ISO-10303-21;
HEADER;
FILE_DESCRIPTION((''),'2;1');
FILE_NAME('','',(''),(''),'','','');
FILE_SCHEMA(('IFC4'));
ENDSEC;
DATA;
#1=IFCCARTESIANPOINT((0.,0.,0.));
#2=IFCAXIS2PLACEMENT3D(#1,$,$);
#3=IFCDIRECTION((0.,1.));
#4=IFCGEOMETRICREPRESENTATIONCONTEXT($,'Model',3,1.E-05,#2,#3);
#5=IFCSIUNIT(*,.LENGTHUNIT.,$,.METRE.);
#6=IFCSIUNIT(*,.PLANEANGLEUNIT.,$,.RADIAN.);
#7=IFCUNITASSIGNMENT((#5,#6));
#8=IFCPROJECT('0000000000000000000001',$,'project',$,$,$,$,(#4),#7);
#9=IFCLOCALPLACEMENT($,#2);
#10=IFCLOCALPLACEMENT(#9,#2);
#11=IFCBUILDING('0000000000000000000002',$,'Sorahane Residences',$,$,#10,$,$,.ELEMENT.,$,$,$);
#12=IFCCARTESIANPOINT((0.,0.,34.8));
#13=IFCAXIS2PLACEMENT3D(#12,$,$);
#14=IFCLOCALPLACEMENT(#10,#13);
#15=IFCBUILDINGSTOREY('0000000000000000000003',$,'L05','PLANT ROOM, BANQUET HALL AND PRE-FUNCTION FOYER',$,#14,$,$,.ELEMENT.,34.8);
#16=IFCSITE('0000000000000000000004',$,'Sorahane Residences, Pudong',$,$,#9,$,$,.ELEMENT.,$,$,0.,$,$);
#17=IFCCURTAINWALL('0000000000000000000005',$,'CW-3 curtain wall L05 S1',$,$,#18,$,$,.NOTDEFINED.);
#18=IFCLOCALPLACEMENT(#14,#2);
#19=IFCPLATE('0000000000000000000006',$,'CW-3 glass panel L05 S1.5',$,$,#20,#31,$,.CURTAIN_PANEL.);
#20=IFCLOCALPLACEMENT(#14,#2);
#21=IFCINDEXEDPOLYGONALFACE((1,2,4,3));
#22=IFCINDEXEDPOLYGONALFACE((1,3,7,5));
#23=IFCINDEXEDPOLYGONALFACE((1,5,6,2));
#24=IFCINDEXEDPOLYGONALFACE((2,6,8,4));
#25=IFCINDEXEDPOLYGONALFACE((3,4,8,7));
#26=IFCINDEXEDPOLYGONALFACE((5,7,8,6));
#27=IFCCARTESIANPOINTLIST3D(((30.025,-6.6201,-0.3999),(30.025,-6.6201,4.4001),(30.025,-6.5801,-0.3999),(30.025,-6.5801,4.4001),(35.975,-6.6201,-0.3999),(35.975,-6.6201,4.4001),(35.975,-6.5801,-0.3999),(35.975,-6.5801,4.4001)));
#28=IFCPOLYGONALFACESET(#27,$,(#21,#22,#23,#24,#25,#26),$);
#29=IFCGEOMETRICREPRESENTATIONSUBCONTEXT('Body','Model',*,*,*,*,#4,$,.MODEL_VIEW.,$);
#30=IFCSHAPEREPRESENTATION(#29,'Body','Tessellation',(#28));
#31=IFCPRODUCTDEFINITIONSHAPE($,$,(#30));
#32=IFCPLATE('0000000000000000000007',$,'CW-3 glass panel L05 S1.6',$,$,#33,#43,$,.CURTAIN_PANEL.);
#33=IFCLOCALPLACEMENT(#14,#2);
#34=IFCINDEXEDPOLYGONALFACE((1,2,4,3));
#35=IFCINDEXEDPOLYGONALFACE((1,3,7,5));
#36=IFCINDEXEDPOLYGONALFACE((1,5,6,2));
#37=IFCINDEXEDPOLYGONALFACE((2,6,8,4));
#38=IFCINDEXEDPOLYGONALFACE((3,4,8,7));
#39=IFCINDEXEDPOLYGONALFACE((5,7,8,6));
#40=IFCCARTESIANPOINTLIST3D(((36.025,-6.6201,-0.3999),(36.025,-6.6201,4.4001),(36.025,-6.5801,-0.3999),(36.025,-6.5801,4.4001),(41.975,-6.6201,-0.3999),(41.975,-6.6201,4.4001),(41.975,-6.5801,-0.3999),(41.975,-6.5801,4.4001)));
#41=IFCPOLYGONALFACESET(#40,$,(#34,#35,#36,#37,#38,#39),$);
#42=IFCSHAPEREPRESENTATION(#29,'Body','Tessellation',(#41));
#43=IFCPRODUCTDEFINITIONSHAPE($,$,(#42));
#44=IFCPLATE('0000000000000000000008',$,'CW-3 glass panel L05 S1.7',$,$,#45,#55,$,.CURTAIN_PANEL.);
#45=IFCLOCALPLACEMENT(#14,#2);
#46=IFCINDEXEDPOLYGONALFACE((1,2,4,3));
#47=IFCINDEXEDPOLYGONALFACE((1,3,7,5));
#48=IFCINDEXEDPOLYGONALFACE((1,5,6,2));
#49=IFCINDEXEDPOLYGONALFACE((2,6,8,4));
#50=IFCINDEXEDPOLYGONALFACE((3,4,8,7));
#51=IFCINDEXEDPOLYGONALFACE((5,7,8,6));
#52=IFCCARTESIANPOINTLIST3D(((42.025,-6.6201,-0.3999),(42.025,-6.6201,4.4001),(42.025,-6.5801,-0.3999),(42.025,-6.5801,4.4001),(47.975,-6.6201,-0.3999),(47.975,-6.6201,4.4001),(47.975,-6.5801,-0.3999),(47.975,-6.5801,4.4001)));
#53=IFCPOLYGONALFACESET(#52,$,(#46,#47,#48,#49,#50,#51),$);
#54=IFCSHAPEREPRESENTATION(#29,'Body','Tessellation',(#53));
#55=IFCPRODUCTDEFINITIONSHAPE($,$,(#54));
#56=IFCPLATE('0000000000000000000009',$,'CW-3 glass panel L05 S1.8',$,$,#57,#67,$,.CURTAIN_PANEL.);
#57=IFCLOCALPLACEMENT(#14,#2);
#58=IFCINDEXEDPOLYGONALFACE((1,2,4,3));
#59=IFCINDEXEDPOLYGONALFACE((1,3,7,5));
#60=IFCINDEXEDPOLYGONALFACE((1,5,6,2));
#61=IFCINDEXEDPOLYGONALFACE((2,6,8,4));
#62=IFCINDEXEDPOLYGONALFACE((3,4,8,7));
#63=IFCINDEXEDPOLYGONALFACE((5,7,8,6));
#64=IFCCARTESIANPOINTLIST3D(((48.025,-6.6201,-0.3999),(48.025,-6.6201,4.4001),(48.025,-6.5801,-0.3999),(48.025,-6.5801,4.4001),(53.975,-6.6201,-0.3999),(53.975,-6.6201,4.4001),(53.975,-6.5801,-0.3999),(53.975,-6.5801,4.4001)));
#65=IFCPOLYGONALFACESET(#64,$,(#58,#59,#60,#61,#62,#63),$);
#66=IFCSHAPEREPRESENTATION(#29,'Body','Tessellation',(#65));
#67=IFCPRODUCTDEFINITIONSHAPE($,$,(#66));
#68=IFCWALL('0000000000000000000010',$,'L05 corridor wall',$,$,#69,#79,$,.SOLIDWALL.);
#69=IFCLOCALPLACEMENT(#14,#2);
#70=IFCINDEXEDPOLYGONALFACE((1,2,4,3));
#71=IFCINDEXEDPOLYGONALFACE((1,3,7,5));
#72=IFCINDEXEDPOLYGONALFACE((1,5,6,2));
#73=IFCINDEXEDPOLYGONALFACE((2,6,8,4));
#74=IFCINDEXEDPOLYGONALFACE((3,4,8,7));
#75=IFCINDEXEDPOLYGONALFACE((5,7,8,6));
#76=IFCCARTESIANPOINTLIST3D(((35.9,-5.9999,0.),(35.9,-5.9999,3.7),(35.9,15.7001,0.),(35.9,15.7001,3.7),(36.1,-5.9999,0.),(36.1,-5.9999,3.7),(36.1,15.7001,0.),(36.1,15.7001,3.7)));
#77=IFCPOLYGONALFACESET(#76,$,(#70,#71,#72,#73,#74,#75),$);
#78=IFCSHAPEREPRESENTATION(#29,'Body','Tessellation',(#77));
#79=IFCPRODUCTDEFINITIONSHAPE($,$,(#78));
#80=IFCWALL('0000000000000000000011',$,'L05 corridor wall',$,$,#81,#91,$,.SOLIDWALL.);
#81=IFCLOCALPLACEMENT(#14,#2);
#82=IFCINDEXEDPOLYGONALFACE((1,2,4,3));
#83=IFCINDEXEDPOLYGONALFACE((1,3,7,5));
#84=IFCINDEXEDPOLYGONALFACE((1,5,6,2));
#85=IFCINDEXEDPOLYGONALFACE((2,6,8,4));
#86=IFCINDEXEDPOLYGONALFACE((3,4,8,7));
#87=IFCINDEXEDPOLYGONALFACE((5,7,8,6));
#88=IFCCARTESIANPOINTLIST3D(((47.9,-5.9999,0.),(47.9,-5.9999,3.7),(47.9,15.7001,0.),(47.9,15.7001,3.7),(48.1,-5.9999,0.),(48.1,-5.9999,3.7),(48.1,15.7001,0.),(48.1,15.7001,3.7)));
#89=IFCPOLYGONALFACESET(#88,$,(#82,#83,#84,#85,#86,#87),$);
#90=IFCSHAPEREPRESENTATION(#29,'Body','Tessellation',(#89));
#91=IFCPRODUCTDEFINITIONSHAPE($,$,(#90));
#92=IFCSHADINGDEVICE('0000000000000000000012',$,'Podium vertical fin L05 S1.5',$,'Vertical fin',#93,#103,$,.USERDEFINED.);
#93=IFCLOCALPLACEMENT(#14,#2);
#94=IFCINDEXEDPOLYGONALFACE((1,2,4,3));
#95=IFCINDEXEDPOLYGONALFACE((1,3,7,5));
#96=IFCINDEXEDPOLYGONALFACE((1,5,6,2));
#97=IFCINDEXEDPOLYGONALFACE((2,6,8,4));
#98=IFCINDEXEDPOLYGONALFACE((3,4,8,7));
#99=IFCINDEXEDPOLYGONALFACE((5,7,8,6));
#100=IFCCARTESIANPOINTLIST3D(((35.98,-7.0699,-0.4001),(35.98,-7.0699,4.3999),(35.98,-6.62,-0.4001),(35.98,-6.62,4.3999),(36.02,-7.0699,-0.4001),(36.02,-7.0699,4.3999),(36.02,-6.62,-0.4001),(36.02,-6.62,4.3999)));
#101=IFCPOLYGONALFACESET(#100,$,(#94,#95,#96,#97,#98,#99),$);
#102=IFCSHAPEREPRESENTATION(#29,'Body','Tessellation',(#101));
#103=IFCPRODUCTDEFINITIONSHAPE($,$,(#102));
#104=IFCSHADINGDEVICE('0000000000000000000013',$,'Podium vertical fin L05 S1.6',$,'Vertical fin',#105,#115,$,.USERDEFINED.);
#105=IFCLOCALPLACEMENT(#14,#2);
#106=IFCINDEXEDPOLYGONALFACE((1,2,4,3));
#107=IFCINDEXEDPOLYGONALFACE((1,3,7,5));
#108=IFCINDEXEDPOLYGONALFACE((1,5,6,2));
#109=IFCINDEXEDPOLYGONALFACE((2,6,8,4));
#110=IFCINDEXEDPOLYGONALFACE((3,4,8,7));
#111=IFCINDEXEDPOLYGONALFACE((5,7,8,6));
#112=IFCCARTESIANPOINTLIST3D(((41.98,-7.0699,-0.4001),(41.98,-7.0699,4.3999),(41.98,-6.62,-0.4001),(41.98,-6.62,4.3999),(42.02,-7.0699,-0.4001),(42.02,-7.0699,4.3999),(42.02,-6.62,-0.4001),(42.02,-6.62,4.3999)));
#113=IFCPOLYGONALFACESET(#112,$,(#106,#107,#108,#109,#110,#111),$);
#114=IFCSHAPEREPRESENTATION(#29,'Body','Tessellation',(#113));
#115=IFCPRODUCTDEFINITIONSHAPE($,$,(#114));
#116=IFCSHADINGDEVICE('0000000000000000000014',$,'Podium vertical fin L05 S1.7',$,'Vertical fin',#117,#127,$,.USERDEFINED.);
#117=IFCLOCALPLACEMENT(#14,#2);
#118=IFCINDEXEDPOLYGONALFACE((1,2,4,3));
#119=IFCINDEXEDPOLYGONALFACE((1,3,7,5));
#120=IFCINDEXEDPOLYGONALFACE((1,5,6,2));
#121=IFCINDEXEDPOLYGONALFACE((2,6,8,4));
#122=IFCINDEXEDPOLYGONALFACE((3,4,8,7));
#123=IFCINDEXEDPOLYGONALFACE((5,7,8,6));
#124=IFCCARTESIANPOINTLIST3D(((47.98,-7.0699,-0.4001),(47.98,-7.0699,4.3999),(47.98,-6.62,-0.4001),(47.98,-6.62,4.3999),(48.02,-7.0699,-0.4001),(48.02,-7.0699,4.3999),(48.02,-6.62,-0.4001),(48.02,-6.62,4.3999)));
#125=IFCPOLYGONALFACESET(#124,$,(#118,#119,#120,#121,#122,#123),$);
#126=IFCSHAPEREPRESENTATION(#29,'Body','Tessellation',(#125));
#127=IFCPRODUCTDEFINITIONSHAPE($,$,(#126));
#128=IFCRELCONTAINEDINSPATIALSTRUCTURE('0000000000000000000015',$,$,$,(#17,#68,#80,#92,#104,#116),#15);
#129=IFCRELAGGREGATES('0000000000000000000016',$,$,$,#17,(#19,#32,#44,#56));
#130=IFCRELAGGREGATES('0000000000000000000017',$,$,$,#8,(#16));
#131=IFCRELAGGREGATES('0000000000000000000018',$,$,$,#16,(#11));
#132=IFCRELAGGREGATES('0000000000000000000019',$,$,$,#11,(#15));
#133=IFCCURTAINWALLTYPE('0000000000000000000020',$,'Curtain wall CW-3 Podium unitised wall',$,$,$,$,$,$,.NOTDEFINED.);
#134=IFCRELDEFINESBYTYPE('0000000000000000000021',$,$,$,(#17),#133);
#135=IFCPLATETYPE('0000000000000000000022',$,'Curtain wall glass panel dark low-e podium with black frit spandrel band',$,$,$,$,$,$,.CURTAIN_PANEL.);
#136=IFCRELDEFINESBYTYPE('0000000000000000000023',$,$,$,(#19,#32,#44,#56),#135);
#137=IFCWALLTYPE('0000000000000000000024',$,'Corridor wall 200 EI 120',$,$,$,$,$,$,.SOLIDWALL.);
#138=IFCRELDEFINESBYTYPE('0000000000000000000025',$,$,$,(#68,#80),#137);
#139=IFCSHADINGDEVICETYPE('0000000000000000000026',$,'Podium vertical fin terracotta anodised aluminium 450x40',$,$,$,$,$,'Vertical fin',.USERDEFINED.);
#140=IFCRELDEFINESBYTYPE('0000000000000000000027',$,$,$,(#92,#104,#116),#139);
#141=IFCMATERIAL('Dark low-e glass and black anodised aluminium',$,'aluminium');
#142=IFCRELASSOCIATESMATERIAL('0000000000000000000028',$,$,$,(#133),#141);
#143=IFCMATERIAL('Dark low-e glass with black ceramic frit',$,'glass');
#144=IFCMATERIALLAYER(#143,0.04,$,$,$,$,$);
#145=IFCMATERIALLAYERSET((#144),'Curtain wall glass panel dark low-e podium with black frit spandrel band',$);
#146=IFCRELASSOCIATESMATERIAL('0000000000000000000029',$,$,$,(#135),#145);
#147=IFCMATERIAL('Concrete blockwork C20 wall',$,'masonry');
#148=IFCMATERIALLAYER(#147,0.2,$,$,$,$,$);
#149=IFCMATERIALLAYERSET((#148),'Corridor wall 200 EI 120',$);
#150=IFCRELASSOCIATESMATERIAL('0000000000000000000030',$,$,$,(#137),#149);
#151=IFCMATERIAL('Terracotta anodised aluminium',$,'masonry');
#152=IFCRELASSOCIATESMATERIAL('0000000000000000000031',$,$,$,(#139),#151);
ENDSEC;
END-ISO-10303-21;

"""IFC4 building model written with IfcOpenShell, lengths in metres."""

from ifc_helpers import new_model, si_unit, direction, frame, frame_2d, origin, origin_2d, place, context, subcontext, project, spatial, rectangle, extrude, material, layer, layer_set, material_profile, profile_set, type_object, element, aggregate, save


model = new_model("IFC4")

# Units and contexts
model_context = context("Model", 3, precision=1e-05, world=origin(), true_north=direction((0.0, 1.0)))
body_context = subcontext(model_context, "Body", "Model", "MODEL_VIEW")
ifc_project = project(units=[si_unit("LENGTHUNIT", "METRE"), si_unit("PLANEANGLEUNIT", "RADIAN")], contexts=[model_context])

# Site, building, storey
site_placement = place(None, origin())
site = spatial("IfcSite", under=ifc_project, at=site_placement, Name="Sorahane Residences, Pudong", CompositionType="ELEMENT", RefElevation=0.0)
building_placement = place(site_placement, origin())
building = spatial("IfcBuilding", under=site, at=building_placement, Name="Sorahane Residences", CompositionType="ELEMENT")
storey_placement = place(building_placement, frame((0.0, 0.0, 34.8)))
storey = spatial("IfcBuildingStorey", under=building, at=storey_placement, Name="L05", Description="PLANT ROOM, BANQUET HALL AND PRE-FUNCTION FOYER", CompositionType="ELEMENT", Elevation=34.8)

# Curtain wall
ifc_material_1 = material(Name="Dark low-e glass and black anodised aluminium", Category="aluminium")
curtain_wall_type = type_object("IfcCurtainWallType", Name="Curtain wall CW-3 Podium unitised wall", PredefinedType="NOTDEFINED", material=ifc_material_1)
curtain_wall_placement = place(storey_placement, origin())
curtain_wall = element("IfcCurtainWall", 1, at=curtain_wall_placement, inside=storey, type_object=curtain_wall_type, Name="CW-3 curtain wall L05 S1", PredefinedType="NOTDEFINED")

# Plates
ifc_material_2 = material(Name="Dark low-e glass with black ceramic frit", Category="glass")
ifc_layer_1 = layer(ifc_material_2, 0.04)
ifc_layer_set_1 = layer_set([ifc_layer_1], Name="Curtain wall glass panel dark low-e podium with black frit spandrel band")
plate_type = type_object("IfcPlateType", Name="Curtain wall glass panel dark low-e podium with black frit spandrel band", PredefinedType="CURTAIN_PANEL", material=ifc_layer_set_1)
plate_1_placement = place(storey_placement, frame((33.0, -6.6001, -0.3999), z_axis=(0.0, 0.0, 1.0), x_axis=(1.0, 0.0, 0.0)))
plate_1 = element("IfcPlate", 2, at=plate_1_placement, type_object=plate_type, Name="CW-3 glass panel L05 S1.5", PredefinedType="CURTAIN_PANEL", context=body_context, shape_type="SweptSolid", body=[
    extrude(rectangle(XDim=5.95, YDim=0.04, at=origin_2d()), origin(), (0.0, 0.0, 1.0), 4.8),
])
plate_2_placement = place(storey_placement, frame((39.0, -6.6001, -0.3999), z_axis=(0.0, 0.0, 1.0), x_axis=(1.0, 0.0, 0.0)))
plate_2 = element("IfcPlate", 3, at=plate_2_placement, type_object=plate_type, Name="CW-3 glass panel L05 S1.6", PredefinedType="CURTAIN_PANEL", context=body_context, shape_type="SweptSolid", body=[
    extrude(rectangle(XDim=5.95, YDim=0.04, at=origin_2d()), origin(), (0.0, 0.0, 1.0), 4.8),
])
plate_3_placement = place(storey_placement, frame((45.0, -6.6001, -0.3999), z_axis=(0.0, 0.0, 1.0), x_axis=(1.0, 0.0, 0.0)))
plate_3 = element("IfcPlate", 4, at=plate_3_placement, type_object=plate_type, Name="CW-3 glass panel L05 S1.7", PredefinedType="CURTAIN_PANEL", context=body_context, shape_type="SweptSolid", body=[
    extrude(rectangle(XDim=5.95, YDim=0.04, at=origin_2d()), origin(), (0.0, 0.0, 1.0), 4.8),
])
plate_4_placement = place(storey_placement, frame((51.0, -6.6001, -0.3999), z_axis=(0.0, 0.0, 1.0), x_axis=(1.0, 0.0, 0.0)))
plate_4 = element("IfcPlate", 5, at=plate_4_placement, type_object=plate_type, Name="CW-3 glass panel L05 S1.8", PredefinedType="CURTAIN_PANEL", context=body_context, shape_type="SweptSolid", body=[
    extrude(rectangle(XDim=5.95, YDim=0.04, at=origin_2d()), origin(), (0.0, 0.0, 1.0), 4.8),
])
aggregate(curtain_wall, [plate_1, plate_2, plate_3, plate_4])

# Walls
ifc_material_3 = material(Name="Concrete blockwork C20 wall", Category="masonry")
ifc_layer_2 = layer(ifc_material_3, 0.2)
ifc_layer_set_2 = layer_set([ifc_layer_2], Name="Corridor wall 200 EI 120")
wall_type = type_object("IfcWallType", Name="Corridor wall 200 EI 120", PredefinedType="SOLIDWALL", material=ifc_layer_set_2)
for number, where, z_axis, x_axis, name in (
    (6, (36.0, -6.0, 0.0), (0.0, 0.0, 1.0), (0.0, 1.0, 0.0), "L05 corridor wall"),
    (7, (48.0, -6.0, 0.0), (0.0, 0.0, 1.0), (0.0, 1.0, 0.0), "L05 corridor wall"),
):
    element("IfcWall", number, at=place(storey_placement, frame(where, z_axis=z_axis, x_axis=x_axis)), inside=storey, type_object=wall_type, Name=name, PredefinedType="SOLIDWALL", context=body_context, shape_type="SweptSolid", body=[
        extrude(rectangle(XDim=21.7, YDim=0.2, at=frame_2d((10.8501, 0.0))), origin(), (0.0, 0.0, 1.0), 3.7),
    ])

# Shading devices
ifc_material_4 = material(Name="Terracotta anodised aluminium", Category="masonry")
ifc_material_profile_1 = material_profile(ifc_material_4, rectangle(XDim=0.45, YDim=0.04, at=origin_2d()), Name="Podium vertical fin terracotta anodised aluminium 450x40")
ifc_profile_set_1 = profile_set([ifc_material_profile_1], Name="Terracotta anodised aluminium")
shading_device_type = type_object("IfcShadingDeviceType", Name="Podium vertical fin terracotta anodised aluminium 450x40", ElementType="Vertical fin", PredefinedType="USERDEFINED", material=ifc_profile_set_1)
for number, where, z_axis, x_axis, name in (
    (8, (36.0, -6.845, -0.4001), (0.0, 0.0, 1.0), (0.0, -1.0, 0.0), "Podium vertical fin L05 S1.5"),
    (9, (42.0, -6.845, -0.4001), (0.0, 0.0, 1.0), (0.0, -1.0, 0.0), "Podium vertical fin L05 S1.6"),
    (10, (48.0, -6.845, -0.4001), (0.0, 0.0, 1.0), (0.0, -1.0, 0.0), "Podium vertical fin L05 S1.7"),
):
    element("IfcShadingDevice", number, at=place(storey_placement, frame(where, z_axis=z_axis, x_axis=x_axis)), inside=storey, type_object=shading_device_type, Name=name, ObjectType="Vertical fin", PredefinedType="USERDEFINED", context=body_context, shape_type="SweptSolid", body=[
        extrude(rectangle(XDim=0.45, YDim=0.04, at=origin_2d()), origin(), (0.0, 0.0, 1.0), 4.8),
    ])

save(model, "model.ifc")
